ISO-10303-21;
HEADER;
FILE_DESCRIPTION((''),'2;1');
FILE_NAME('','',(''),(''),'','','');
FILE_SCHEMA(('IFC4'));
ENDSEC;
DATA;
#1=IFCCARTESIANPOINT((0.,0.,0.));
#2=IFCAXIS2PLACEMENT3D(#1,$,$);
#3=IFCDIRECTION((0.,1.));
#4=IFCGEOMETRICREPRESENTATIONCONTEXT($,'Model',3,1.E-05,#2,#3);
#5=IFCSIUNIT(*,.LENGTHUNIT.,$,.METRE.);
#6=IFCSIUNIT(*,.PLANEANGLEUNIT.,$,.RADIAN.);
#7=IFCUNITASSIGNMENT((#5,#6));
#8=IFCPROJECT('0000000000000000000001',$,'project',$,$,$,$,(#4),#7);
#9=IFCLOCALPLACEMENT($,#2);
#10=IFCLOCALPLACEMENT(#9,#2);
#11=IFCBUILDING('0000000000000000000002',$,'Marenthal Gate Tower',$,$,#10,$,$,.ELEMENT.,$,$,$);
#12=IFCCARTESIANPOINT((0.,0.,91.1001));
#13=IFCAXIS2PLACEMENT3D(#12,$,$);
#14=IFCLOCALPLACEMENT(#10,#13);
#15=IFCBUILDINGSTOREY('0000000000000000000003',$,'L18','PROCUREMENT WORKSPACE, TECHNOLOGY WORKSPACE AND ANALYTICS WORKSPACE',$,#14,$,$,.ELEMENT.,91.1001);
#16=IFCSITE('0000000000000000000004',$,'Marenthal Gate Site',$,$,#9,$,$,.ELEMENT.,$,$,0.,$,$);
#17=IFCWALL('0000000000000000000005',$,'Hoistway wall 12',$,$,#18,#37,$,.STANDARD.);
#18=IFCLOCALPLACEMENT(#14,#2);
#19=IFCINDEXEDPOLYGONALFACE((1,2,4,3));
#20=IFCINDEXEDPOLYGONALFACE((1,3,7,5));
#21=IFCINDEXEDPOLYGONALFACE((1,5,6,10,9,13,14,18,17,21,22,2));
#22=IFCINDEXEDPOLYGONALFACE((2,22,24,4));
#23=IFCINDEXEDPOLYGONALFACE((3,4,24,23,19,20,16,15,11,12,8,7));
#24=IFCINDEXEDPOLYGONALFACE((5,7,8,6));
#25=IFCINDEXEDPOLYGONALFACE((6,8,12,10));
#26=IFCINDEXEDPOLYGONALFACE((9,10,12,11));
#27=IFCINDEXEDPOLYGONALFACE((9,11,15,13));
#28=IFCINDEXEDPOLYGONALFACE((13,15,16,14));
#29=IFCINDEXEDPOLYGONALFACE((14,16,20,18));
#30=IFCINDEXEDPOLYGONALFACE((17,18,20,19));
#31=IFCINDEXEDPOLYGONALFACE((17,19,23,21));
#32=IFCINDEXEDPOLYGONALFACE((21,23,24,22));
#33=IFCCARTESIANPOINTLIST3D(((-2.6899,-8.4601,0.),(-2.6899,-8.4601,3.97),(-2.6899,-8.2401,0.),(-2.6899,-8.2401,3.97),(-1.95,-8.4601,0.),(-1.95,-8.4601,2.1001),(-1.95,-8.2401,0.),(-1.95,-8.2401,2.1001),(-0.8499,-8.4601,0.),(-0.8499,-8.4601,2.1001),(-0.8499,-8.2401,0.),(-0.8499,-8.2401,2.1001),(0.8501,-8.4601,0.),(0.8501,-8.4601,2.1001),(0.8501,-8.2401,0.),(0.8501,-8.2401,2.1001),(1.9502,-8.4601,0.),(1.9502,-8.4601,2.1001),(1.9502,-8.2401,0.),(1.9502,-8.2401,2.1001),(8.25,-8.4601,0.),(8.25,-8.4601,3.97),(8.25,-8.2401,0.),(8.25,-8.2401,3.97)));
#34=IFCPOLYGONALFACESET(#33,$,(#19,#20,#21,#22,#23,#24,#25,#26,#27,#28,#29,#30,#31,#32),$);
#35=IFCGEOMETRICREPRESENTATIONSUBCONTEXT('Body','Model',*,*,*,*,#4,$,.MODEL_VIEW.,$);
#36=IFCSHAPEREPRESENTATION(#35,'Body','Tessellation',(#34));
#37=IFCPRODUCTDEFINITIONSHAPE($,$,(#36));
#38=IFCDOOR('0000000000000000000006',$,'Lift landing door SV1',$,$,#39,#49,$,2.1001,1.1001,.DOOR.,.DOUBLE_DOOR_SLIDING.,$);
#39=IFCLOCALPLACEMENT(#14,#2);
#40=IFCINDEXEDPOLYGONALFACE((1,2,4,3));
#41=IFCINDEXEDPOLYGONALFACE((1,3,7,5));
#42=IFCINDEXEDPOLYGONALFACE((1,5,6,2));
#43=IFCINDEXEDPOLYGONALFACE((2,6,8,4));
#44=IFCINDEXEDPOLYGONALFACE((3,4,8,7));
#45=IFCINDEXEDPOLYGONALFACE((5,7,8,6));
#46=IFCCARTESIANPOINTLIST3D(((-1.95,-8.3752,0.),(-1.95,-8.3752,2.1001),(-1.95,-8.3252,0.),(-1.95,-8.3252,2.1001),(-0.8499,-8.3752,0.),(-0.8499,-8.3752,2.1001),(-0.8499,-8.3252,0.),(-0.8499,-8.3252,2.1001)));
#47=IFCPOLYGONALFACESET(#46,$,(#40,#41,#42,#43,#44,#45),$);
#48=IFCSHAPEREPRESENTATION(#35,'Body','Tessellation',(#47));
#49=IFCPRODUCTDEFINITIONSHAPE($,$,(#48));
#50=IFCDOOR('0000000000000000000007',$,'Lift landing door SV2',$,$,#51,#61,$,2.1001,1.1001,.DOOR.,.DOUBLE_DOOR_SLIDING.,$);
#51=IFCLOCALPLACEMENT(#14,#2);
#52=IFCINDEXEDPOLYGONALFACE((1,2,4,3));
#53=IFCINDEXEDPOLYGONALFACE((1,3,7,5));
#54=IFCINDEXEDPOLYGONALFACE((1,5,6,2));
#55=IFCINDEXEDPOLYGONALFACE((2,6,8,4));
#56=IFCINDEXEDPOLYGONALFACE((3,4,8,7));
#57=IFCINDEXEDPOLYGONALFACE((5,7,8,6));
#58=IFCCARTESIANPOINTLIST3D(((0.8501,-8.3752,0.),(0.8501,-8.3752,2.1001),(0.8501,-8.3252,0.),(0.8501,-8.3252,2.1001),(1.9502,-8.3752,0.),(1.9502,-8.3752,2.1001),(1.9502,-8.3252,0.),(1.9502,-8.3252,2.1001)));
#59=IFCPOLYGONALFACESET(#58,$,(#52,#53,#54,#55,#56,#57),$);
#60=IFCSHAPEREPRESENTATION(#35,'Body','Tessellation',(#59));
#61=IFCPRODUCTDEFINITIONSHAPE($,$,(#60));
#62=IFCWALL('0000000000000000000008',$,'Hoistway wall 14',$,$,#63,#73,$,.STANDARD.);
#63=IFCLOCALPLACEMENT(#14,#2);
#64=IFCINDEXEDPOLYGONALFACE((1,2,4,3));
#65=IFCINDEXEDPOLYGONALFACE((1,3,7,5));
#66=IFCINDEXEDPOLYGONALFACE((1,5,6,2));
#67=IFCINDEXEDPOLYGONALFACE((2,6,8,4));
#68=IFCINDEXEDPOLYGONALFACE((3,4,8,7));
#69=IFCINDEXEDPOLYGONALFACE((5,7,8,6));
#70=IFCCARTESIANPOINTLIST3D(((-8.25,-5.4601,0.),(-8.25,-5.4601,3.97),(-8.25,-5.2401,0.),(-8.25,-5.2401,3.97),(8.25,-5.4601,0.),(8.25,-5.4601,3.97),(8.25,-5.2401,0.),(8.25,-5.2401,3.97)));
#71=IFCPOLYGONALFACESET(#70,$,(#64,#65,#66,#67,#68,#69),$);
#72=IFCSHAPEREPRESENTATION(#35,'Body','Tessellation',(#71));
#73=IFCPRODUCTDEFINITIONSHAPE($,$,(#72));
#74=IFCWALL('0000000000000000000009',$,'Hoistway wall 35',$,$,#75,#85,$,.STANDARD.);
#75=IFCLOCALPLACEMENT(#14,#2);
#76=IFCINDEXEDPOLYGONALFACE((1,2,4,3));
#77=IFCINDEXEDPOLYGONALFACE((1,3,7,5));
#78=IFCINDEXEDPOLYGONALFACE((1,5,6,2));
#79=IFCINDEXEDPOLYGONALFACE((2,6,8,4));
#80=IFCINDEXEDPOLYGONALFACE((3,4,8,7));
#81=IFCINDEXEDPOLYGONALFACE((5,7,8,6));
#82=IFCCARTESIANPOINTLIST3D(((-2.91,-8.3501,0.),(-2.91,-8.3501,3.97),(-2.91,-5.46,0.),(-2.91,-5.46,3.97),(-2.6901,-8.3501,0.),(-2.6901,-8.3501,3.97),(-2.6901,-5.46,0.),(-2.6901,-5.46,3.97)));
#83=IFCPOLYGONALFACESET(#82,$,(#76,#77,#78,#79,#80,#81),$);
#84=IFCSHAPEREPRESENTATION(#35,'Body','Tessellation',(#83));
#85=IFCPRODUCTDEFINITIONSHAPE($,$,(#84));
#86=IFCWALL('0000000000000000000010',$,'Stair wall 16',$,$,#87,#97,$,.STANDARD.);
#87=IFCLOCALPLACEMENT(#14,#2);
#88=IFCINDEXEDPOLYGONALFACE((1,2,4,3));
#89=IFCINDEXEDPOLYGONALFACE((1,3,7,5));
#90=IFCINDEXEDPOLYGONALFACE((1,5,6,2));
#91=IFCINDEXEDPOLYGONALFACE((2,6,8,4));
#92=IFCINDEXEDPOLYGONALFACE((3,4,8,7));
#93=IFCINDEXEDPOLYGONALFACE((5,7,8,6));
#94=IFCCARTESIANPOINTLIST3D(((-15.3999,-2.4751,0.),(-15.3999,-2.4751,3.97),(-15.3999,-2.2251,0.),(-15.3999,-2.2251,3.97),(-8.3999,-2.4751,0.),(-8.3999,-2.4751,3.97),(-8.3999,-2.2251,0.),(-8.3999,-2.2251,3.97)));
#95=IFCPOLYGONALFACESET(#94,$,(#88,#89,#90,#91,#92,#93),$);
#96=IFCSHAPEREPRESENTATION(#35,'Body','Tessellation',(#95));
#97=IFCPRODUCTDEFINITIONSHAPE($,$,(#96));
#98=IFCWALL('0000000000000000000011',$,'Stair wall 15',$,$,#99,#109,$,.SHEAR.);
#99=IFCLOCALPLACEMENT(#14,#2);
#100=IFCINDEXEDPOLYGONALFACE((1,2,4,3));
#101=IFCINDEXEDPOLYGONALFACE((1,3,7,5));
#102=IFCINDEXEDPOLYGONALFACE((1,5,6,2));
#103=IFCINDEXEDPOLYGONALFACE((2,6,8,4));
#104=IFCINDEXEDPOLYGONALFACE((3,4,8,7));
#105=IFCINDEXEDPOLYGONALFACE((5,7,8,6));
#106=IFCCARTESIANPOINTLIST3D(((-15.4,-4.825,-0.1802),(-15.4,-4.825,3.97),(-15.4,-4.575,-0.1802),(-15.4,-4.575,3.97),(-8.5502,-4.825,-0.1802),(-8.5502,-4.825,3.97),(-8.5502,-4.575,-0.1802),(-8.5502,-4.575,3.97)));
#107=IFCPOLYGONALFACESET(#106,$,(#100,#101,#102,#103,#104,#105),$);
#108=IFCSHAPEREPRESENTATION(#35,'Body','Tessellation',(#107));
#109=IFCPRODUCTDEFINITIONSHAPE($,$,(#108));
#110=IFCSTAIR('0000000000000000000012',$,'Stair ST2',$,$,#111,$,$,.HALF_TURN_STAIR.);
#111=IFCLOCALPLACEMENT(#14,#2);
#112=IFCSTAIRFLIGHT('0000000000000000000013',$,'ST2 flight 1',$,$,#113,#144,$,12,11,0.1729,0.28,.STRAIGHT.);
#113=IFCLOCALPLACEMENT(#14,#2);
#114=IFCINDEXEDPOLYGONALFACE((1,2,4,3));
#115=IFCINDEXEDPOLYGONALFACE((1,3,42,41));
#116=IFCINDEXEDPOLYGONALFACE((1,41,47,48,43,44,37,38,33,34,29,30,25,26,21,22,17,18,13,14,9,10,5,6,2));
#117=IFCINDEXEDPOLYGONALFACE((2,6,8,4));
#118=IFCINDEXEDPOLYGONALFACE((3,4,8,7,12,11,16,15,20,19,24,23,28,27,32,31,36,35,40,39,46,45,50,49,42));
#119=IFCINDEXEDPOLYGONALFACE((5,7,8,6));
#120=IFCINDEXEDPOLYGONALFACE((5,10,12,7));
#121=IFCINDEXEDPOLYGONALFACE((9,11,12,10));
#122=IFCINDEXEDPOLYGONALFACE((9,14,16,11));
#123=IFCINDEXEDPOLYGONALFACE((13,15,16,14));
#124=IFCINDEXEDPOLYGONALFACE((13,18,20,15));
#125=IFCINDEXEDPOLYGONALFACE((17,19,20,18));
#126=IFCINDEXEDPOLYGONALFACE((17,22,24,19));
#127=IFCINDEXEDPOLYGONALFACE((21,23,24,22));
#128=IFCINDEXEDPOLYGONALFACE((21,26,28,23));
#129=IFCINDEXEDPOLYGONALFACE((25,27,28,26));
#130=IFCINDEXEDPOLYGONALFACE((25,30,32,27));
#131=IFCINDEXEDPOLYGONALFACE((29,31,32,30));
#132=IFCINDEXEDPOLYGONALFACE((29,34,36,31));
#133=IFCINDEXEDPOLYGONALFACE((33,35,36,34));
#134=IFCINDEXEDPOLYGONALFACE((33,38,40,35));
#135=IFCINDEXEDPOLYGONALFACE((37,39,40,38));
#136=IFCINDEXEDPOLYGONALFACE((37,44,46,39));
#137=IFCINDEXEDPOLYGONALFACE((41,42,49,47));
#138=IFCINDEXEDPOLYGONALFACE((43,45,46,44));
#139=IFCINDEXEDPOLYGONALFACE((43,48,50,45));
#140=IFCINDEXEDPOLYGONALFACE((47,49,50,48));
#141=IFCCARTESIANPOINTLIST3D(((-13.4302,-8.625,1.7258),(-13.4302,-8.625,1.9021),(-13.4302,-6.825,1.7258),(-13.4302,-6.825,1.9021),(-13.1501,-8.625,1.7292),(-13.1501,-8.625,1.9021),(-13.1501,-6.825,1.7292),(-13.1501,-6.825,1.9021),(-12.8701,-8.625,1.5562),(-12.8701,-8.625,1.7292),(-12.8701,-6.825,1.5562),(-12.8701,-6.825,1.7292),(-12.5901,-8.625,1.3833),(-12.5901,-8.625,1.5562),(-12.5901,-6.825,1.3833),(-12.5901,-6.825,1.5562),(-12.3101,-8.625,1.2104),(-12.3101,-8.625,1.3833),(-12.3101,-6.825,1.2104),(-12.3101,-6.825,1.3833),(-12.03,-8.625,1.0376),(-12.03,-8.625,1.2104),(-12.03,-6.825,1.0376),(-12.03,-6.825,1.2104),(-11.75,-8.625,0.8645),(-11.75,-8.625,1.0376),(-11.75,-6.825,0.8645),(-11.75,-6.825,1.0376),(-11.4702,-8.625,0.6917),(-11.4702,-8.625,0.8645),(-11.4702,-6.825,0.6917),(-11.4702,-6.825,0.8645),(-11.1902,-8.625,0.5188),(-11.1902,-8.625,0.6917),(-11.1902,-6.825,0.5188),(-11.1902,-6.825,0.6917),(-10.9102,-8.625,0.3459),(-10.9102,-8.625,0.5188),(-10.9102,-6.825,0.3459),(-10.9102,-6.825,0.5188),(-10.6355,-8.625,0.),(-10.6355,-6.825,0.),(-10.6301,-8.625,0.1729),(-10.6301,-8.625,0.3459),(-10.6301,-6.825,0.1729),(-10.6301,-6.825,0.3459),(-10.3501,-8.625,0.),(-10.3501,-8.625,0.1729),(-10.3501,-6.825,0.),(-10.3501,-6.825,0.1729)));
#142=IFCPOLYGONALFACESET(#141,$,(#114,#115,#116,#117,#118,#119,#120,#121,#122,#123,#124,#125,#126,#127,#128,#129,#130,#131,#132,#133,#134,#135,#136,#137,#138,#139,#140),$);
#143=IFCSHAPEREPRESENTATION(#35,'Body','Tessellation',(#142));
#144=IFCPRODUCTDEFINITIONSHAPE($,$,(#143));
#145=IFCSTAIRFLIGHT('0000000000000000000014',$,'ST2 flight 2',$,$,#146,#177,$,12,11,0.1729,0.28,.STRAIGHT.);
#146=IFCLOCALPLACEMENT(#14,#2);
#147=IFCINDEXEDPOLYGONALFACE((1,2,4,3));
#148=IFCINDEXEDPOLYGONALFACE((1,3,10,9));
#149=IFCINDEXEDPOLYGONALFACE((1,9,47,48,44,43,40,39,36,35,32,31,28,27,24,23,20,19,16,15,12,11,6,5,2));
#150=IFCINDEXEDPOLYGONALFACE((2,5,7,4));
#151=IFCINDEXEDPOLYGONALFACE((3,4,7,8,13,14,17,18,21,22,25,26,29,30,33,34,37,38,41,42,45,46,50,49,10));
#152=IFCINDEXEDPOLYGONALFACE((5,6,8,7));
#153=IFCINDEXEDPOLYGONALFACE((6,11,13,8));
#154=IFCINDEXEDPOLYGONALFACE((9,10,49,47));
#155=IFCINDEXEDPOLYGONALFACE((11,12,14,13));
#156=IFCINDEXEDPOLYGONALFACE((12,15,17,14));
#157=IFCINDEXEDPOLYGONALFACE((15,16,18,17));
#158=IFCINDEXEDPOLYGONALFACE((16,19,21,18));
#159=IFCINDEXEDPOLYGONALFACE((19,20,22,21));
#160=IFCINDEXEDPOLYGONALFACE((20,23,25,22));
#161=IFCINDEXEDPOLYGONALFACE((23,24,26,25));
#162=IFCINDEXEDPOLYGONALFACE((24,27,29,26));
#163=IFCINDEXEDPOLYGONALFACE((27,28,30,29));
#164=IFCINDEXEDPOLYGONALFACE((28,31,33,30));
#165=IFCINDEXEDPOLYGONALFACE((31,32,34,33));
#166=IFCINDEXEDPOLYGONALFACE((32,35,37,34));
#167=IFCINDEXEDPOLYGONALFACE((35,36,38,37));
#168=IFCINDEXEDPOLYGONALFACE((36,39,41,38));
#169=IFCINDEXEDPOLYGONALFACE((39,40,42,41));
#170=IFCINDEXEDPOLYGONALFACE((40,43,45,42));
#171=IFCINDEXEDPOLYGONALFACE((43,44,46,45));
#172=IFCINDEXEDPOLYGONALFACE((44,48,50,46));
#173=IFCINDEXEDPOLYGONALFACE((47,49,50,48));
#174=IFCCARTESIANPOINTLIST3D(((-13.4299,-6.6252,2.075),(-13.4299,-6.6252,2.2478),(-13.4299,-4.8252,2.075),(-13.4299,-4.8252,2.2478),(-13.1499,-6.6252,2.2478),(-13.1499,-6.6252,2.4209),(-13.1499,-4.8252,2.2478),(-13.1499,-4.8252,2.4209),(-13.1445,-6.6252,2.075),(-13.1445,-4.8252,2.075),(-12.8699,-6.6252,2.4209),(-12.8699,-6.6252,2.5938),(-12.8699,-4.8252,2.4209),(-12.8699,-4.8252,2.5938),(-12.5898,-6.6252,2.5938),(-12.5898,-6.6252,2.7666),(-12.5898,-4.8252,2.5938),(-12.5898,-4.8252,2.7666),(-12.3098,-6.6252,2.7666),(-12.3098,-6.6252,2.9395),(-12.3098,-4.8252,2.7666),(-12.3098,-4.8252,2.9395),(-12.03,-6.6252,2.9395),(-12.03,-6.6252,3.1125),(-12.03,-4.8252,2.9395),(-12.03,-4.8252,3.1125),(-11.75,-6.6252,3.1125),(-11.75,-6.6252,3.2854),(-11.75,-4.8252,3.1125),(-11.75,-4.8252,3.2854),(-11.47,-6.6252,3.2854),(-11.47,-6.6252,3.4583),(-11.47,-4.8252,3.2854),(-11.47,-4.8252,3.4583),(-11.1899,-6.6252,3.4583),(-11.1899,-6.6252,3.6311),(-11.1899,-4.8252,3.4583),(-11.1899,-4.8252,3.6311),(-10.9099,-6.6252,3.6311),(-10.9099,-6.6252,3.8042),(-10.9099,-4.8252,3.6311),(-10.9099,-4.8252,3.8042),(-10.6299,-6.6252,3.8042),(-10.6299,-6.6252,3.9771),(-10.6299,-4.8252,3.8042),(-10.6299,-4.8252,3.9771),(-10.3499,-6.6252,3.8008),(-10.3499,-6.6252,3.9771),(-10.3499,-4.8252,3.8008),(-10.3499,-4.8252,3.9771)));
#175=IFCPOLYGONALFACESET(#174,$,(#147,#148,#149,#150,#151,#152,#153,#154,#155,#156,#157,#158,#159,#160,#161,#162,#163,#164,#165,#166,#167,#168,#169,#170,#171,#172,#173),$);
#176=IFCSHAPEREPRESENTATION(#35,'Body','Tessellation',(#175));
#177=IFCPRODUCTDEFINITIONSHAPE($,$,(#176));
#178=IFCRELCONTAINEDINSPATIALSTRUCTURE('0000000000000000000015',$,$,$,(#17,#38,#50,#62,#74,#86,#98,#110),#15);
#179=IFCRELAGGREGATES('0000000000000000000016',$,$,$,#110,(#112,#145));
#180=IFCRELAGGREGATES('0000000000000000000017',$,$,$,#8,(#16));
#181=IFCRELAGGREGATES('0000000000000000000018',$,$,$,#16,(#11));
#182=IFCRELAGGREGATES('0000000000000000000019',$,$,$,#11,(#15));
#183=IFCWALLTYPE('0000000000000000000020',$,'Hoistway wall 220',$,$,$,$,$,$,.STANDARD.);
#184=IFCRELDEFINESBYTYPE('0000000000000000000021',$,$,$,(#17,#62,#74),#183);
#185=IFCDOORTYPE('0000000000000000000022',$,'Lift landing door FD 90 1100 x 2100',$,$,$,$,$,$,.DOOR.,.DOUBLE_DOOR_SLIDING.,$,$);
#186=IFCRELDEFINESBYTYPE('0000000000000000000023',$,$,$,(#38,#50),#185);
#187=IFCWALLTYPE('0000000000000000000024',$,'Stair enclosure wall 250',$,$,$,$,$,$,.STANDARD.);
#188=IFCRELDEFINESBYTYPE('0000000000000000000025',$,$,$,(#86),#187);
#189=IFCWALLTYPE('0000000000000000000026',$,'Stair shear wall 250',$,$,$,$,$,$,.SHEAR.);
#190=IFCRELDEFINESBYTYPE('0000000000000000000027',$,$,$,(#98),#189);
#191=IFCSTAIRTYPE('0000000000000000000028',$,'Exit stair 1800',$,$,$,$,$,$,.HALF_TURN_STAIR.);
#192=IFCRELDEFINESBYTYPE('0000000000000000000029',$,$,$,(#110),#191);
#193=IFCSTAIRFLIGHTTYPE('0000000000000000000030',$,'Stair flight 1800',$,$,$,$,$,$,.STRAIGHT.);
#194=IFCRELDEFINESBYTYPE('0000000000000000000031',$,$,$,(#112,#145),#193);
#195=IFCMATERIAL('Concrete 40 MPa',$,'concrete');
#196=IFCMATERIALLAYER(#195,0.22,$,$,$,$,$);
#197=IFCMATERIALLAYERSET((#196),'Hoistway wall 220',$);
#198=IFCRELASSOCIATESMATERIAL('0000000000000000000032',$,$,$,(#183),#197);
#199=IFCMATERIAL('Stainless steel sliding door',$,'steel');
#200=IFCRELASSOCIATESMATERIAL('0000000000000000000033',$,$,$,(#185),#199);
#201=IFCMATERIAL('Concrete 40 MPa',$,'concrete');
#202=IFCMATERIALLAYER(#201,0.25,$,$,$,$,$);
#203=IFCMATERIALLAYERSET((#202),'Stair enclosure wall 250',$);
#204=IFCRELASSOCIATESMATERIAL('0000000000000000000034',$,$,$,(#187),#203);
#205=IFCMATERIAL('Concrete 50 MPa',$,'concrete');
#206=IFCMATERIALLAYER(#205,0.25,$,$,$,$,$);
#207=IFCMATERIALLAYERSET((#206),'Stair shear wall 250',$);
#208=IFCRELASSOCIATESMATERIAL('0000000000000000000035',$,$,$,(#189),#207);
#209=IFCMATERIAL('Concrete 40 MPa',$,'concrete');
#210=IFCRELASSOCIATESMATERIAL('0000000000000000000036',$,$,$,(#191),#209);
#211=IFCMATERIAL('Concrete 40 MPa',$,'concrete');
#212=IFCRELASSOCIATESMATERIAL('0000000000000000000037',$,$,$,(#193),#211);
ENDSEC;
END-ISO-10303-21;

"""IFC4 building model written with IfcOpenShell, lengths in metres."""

from ifc_helpers import new_model, si_unit, direction, frame, frame_2d, origin, place, context, subcontext, project, spatial, polyline, rectangle, outline, extrude, material, layer, layer_set, type_object, element, fill, aggregate, save


model = new_model("IFC4")

# Units and contexts
model_context = context("Model", 3, precision=1e-05, world=origin(), true_north=direction((0.0, 1.0)))
body_context = subcontext(model_context, "Body", "Model", "MODEL_VIEW")
ifc_project = project(units=[si_unit("LENGTHUNIT", "METRE"), si_unit("PLANEANGLEUNIT", "RADIAN")], contexts=[model_context])

# Site, building, storey
site_placement = place(None, origin())
site = spatial("IfcSite", under=ifc_project, at=site_placement, Name="Marenthal Gate Site", CompositionType="ELEMENT", RefElevation=0.0)
building_placement = place(site_placement, origin())
building = spatial("IfcBuilding", under=site, at=building_placement, Name="Marenthal Gate Tower", CompositionType="ELEMENT")
storey_placement = place(building_placement, frame((0.0, 0.0, 91.1001)))
storey = spatial("IfcBuildingStorey", under=building, at=storey_placement, Name="L18", Description="PROCUREMENT WORKSPACE, TECHNOLOGY WORKSPACE AND ANALYTICS WORKSPACE", CompositionType="ELEMENT", Elevation=91.1001)

# Wall, openings, doors
ifc_material_1 = material(Name="Concrete 40 MPa", Category="concrete")
ifc_layer_1 = layer(ifc_material_1, 0.22)
ifc_layer_set_1 = layer_set([ifc_layer_1], Name="Hoistway wall 220")
wall_type_1 = type_object("IfcWallType", Name="Hoistway wall 220", PredefinedType="STANDARD", material=ifc_layer_set_1)
wall_1_placement = place(storey_placement, frame((-2.6899, -8.3501, 0.0), z_axis=(0.0, 0.0, 1.0), x_axis=(1.0, 0.0, 0.0)))
wall_1 = element("IfcWall", 1, at=wall_1_placement, inside=storey, type_object=wall_type_1, Name="Hoistway wall 12", PredefinedType="STANDARD", context=body_context, shape_type="SweptSolid", body=[
    extrude(rectangle(XDim=10.9399, YDim=0.22, at=frame_2d((5.47, 0.0))), origin(), (0.0, 0.0, 1.0), 3.97),
])
opening_1_placement = place(wall_1_placement, frame((0.74, 0.0, 0.0)))
opening_1 = element("IfcOpeningElement", 2, at=opening_1_placement, cuts=wall_1, PredefinedType="OPENING", context=body_context, shape_type="SweptSolid", body=[
    extrude(rectangle(XDim=1.1001, YDim=2.1001, at=frame_2d((0.55, 1.05))), frame((0.0, 0.1201, 0.0), z_axis=(0.0, -1.0, 0.0), x_axis=(1.0, 0.0, 0.0)), (0.0, 0.0, 1.0), 0.24),
])
opening_2_placement = place(wall_1_placement, frame((3.54, 0.0, 0.0)))
opening_2 = element("IfcOpeningElement", 3, at=opening_2_placement, cuts=wall_1, PredefinedType="OPENING", context=body_context, shape_type="SweptSolid", body=[
    extrude(rectangle(XDim=1.1001, YDim=2.1001, at=frame_2d((0.55, 1.05))), frame((0.0, 0.1201, 0.0), z_axis=(0.0, -1.0, 0.0), x_axis=(1.0, 0.0, 0.0)), (0.0, 0.0, 1.0), 0.24),
])
ifc_material_2 = material(Name="Stainless steel sliding door", Category="steel")
door_type_1 = type_object("IfcDoorType", Name="Lift landing door FD 90 1100 x 2100", OperationType="DOUBLE_DOOR_SLIDING", PredefinedType="DOOR", material=ifc_material_2)
door_1_placement = place(opening_1_placement, origin())
door_1 = element("IfcDoor", 4, at=door_1_placement, inside=storey, type_object=door_type_1, Name="Lift landing door SV1", OperationType="DOUBLE_DOOR_SLIDING", OverallHeight=2.1001, OverallWidth=1.1001, PredefinedType="DOOR", context=body_context, shape_type="SweptSolid", body=[
    extrude(rectangle(XDim=1.1001, YDim=2.1001, at=frame_2d((0.55, 1.05))), frame((0.0, 0.0249, 0.0), z_axis=(0.0, -1.0, 0.0), x_axis=(1.0, 0.0, 0.0)), (0.0, 0.0, 1.0), 0.05),
])
fill(opening_1, door_1)
door_2_placement = place(opening_2_placement, origin())
door_2 = element("IfcDoor", 5, at=door_2_placement, inside=storey, type_object=door_type_1, Name="Lift landing door SV2", OperationType="DOUBLE_DOOR_SLIDING", OverallHeight=2.1001, OverallWidth=1.1001, PredefinedType="DOOR", context=body_context, shape_type="SweptSolid", body=[
    extrude(rectangle(XDim=1.1001, YDim=2.1001, at=frame_2d((0.55, 1.05))), frame((0.0, 0.0249, 0.0), z_axis=(0.0, -1.0, 0.0), x_axis=(1.0, 0.0, 0.0)), (0.0, 0.0, 1.0), 0.05),
])
fill(opening_2, door_2)

# Walls
wall_2_placement = place(storey_placement, frame((-8.25, -5.3501, 0.0), z_axis=(0.0, 0.0, 1.0), x_axis=(1.0, 0.0, 0.0)))
element("IfcWall", 6, at=wall_2_placement, inside=storey, type_object=wall_type_1, Name="Hoistway wall 14", PredefinedType="STANDARD", context=body_context, shape_type="SweptSolid", body=[
    extrude(rectangle(XDim=16.5, YDim=0.22, at=frame_2d((8.25, 0.0))), origin(), (0.0, 0.0, 1.0), 3.97),
])
wall_3_placement = place(storey_placement, frame((-2.8, -8.3501, 0.0), z_axis=(0.0, 0.0, 1.0), x_axis=(0.0, 1.0, 0.0)))
element("IfcWall", 7, at=wall_3_placement, inside=storey, type_object=wall_type_1, Name="Hoistway wall 35", PredefinedType="STANDARD", context=body_context, shape_type="SweptSolid", body=[
    extrude(rectangle(XDim=2.8901, YDim=0.22, at=frame_2d((1.4451, 0.0))), origin(), (0.0, 0.0, 1.0), 3.97),
])
ifc_material_3 = material(Name="Concrete 40 MPa", Category="concrete")
ifc_layer_2 = layer(ifc_material_3, 0.25)
ifc_layer_set_2 = layer_set([ifc_layer_2], Name="Stair enclosure wall 250")
wall_type_2 = type_object("IfcWallType", Name="Stair enclosure wall 250", PredefinedType="STANDARD", material=ifc_layer_set_2)
wall_4_placement = place(storey_placement, frame((-15.3999, -2.3501, 0.0), z_axis=(0.0, 0.0, 1.0), x_axis=(1.0, 0.0, 0.0)))
element("IfcWall", 8, at=wall_4_placement, inside=storey, type_object=wall_type_2, Name="Stair wall 16", PredefinedType="STANDARD", context=body_context, shape_type="SweptSolid", body=[
    extrude(rectangle(XDim=7.0, YDim=0.25, at=frame_2d((3.5, 0.0))), origin(), (0.0, 0.0, 1.0), 3.97),
])
ifc_material_4 = material(Name="Concrete 50 MPa", Category="concrete")
ifc_layer_3 = layer(ifc_material_4, 0.25)
ifc_layer_set_3 = layer_set([ifc_layer_3], Name="Stair shear wall 250")
wall_type_3 = type_object("IfcWallType", Name="Stair shear wall 250", PredefinedType="SHEAR", material=ifc_layer_set_3)
wall_5_placement = place(storey_placement, frame((-15.3999, -4.7, -0.1802), z_axis=(0.0, 0.0, 1.0), x_axis=(1.0, 0.0, 0.0)))
element("IfcWall", 9, at=wall_5_placement, inside=storey, type_object=wall_type_3, Name="Stair wall 15", PredefinedType="SHEAR", context=body_context, shape_type="SweptSolid", body=[
    extrude(rectangle(XDim=6.8499, YDim=0.25, at=frame_2d((3.4248, 0.0))), origin(), (0.0, 0.0, 1.0), 4.1501),
])

# Stair, stair flights
ifc_material_5 = material(Name="Concrete 40 MPa", Category="concrete")
stair_type = type_object("IfcStairType", Name="Exit stair 1800", PredefinedType="HALF_TURN_STAIR", material=ifc_material_5)
stair_placement = place(storey_placement, origin())
stair = element("IfcStair", 10, at=stair_placement, inside=storey, type_object=stair_type, Name="Stair ST2", PredefinedType="HALF_TURN_STAIR")
ifc_material_6 = material(Name="Concrete 40 MPa", Category="concrete")
stair_flight_type = type_object("IfcStairFlightType", Name="Stair flight 1800", PredefinedType="STRAIGHT", material=ifc_material_6)
stair_flight_1_placement = place(storey_placement, frame((-10.3501, -7.7251, 0.0), z_axis=(0.0, 0.0, 1.0), x_axis=(-1.0, 0.0, 0.0)))
stair_flight_1 = element("IfcStairFlight", 11, at=stair_flight_1_placement, type_object=stair_flight_type, Name="ST2 flight 1", NumberOfRisers=12, NumberOfTreads=11, PredefinedType="STRAIGHT", RiserHeight=0.1729, TreadLength=0.28, context=body_context, shape_type="SweptSolid", body=[
    extrude(outline(polyline([(0.0, 0.0), (0.0, 0.1729), (0.28, 0.1729), (0.28, 0.3459), (0.5601, 0.3459), (0.5601, 0.5188), (0.8401, 0.5188), (0.8401, 0.6917), (1.1201, 0.6917), (1.1201, 0.8645), (1.3999, 0.8645), (1.3999, 1.0376), (1.6799, 1.0376), (1.6799, 1.2104), (1.96, 1.2104), (1.96, 1.3833), (2.24, 1.3833), (2.24, 1.5562), (2.52, 1.5562), (2.52, 1.7292), (2.8, 1.7292), (2.8, 1.9021), (3.0801, 1.9021), (3.0801, 2.075), (3.0801, 1.7258), (0.2854, 0.0), (0.0, 0.0)])), frame((0.0, 0.8999, 0.0), z_axis=(0.0, -1.0, 0.0), x_axis=(1.0, 0.0, 0.0)), (0.0, 0.0, 1.0), 1.8),
])
stair_flight_2_placement = place(storey_placement, frame((-13.4299, -5.7251, 2.075), z_axis=(0.0, 0.0, 1.0), x_axis=(1.0, 0.0, 0.0)))
stair_flight_2 = element("IfcStairFlight", 12, at=stair_flight_2_placement, type_object=stair_flight_type, Name="ST2 flight 2", NumberOfRisers=12, NumberOfTreads=11, PredefinedType="STRAIGHT", RiserHeight=0.1729, TreadLength=0.28, context=body_context, shape_type="SweptSolid", body=[
    extrude(outline(polyline([(0.0, 0.0), (0.0, 0.1729), (0.28, 0.1729), (0.28, 0.3459), (0.5601, 0.3459), (0.5601, 0.5188), (0.8401, 0.5188), (0.8401, 0.6917), (1.1201, 0.6917), (1.1201, 0.8645), (1.3999, 0.8645), (1.3999, 1.0376), (1.6799, 1.0376), (1.6799, 1.2104), (1.96, 1.2104), (1.96, 1.3833), (2.24, 1.3833), (2.24, 1.5562), (2.52, 1.5562), (2.52, 1.7292), (2.8, 1.7292), (2.8, 1.9021), (3.0801, 1.9021), (3.0801, 2.075), (3.0801, 1.7258), (0.2854, 0.0), (0.0, 0.0)])), frame((0.0, 0.8999, 0.0), z_axis=(0.0, -1.0, 0.0), x_axis=(1.0, 0.0, 0.0)), (0.0, 0.0, 1.0), 1.8),
])
aggregate(stair, [stair_flight_1, stair_flight_2])

save(model, "model.ifc")
